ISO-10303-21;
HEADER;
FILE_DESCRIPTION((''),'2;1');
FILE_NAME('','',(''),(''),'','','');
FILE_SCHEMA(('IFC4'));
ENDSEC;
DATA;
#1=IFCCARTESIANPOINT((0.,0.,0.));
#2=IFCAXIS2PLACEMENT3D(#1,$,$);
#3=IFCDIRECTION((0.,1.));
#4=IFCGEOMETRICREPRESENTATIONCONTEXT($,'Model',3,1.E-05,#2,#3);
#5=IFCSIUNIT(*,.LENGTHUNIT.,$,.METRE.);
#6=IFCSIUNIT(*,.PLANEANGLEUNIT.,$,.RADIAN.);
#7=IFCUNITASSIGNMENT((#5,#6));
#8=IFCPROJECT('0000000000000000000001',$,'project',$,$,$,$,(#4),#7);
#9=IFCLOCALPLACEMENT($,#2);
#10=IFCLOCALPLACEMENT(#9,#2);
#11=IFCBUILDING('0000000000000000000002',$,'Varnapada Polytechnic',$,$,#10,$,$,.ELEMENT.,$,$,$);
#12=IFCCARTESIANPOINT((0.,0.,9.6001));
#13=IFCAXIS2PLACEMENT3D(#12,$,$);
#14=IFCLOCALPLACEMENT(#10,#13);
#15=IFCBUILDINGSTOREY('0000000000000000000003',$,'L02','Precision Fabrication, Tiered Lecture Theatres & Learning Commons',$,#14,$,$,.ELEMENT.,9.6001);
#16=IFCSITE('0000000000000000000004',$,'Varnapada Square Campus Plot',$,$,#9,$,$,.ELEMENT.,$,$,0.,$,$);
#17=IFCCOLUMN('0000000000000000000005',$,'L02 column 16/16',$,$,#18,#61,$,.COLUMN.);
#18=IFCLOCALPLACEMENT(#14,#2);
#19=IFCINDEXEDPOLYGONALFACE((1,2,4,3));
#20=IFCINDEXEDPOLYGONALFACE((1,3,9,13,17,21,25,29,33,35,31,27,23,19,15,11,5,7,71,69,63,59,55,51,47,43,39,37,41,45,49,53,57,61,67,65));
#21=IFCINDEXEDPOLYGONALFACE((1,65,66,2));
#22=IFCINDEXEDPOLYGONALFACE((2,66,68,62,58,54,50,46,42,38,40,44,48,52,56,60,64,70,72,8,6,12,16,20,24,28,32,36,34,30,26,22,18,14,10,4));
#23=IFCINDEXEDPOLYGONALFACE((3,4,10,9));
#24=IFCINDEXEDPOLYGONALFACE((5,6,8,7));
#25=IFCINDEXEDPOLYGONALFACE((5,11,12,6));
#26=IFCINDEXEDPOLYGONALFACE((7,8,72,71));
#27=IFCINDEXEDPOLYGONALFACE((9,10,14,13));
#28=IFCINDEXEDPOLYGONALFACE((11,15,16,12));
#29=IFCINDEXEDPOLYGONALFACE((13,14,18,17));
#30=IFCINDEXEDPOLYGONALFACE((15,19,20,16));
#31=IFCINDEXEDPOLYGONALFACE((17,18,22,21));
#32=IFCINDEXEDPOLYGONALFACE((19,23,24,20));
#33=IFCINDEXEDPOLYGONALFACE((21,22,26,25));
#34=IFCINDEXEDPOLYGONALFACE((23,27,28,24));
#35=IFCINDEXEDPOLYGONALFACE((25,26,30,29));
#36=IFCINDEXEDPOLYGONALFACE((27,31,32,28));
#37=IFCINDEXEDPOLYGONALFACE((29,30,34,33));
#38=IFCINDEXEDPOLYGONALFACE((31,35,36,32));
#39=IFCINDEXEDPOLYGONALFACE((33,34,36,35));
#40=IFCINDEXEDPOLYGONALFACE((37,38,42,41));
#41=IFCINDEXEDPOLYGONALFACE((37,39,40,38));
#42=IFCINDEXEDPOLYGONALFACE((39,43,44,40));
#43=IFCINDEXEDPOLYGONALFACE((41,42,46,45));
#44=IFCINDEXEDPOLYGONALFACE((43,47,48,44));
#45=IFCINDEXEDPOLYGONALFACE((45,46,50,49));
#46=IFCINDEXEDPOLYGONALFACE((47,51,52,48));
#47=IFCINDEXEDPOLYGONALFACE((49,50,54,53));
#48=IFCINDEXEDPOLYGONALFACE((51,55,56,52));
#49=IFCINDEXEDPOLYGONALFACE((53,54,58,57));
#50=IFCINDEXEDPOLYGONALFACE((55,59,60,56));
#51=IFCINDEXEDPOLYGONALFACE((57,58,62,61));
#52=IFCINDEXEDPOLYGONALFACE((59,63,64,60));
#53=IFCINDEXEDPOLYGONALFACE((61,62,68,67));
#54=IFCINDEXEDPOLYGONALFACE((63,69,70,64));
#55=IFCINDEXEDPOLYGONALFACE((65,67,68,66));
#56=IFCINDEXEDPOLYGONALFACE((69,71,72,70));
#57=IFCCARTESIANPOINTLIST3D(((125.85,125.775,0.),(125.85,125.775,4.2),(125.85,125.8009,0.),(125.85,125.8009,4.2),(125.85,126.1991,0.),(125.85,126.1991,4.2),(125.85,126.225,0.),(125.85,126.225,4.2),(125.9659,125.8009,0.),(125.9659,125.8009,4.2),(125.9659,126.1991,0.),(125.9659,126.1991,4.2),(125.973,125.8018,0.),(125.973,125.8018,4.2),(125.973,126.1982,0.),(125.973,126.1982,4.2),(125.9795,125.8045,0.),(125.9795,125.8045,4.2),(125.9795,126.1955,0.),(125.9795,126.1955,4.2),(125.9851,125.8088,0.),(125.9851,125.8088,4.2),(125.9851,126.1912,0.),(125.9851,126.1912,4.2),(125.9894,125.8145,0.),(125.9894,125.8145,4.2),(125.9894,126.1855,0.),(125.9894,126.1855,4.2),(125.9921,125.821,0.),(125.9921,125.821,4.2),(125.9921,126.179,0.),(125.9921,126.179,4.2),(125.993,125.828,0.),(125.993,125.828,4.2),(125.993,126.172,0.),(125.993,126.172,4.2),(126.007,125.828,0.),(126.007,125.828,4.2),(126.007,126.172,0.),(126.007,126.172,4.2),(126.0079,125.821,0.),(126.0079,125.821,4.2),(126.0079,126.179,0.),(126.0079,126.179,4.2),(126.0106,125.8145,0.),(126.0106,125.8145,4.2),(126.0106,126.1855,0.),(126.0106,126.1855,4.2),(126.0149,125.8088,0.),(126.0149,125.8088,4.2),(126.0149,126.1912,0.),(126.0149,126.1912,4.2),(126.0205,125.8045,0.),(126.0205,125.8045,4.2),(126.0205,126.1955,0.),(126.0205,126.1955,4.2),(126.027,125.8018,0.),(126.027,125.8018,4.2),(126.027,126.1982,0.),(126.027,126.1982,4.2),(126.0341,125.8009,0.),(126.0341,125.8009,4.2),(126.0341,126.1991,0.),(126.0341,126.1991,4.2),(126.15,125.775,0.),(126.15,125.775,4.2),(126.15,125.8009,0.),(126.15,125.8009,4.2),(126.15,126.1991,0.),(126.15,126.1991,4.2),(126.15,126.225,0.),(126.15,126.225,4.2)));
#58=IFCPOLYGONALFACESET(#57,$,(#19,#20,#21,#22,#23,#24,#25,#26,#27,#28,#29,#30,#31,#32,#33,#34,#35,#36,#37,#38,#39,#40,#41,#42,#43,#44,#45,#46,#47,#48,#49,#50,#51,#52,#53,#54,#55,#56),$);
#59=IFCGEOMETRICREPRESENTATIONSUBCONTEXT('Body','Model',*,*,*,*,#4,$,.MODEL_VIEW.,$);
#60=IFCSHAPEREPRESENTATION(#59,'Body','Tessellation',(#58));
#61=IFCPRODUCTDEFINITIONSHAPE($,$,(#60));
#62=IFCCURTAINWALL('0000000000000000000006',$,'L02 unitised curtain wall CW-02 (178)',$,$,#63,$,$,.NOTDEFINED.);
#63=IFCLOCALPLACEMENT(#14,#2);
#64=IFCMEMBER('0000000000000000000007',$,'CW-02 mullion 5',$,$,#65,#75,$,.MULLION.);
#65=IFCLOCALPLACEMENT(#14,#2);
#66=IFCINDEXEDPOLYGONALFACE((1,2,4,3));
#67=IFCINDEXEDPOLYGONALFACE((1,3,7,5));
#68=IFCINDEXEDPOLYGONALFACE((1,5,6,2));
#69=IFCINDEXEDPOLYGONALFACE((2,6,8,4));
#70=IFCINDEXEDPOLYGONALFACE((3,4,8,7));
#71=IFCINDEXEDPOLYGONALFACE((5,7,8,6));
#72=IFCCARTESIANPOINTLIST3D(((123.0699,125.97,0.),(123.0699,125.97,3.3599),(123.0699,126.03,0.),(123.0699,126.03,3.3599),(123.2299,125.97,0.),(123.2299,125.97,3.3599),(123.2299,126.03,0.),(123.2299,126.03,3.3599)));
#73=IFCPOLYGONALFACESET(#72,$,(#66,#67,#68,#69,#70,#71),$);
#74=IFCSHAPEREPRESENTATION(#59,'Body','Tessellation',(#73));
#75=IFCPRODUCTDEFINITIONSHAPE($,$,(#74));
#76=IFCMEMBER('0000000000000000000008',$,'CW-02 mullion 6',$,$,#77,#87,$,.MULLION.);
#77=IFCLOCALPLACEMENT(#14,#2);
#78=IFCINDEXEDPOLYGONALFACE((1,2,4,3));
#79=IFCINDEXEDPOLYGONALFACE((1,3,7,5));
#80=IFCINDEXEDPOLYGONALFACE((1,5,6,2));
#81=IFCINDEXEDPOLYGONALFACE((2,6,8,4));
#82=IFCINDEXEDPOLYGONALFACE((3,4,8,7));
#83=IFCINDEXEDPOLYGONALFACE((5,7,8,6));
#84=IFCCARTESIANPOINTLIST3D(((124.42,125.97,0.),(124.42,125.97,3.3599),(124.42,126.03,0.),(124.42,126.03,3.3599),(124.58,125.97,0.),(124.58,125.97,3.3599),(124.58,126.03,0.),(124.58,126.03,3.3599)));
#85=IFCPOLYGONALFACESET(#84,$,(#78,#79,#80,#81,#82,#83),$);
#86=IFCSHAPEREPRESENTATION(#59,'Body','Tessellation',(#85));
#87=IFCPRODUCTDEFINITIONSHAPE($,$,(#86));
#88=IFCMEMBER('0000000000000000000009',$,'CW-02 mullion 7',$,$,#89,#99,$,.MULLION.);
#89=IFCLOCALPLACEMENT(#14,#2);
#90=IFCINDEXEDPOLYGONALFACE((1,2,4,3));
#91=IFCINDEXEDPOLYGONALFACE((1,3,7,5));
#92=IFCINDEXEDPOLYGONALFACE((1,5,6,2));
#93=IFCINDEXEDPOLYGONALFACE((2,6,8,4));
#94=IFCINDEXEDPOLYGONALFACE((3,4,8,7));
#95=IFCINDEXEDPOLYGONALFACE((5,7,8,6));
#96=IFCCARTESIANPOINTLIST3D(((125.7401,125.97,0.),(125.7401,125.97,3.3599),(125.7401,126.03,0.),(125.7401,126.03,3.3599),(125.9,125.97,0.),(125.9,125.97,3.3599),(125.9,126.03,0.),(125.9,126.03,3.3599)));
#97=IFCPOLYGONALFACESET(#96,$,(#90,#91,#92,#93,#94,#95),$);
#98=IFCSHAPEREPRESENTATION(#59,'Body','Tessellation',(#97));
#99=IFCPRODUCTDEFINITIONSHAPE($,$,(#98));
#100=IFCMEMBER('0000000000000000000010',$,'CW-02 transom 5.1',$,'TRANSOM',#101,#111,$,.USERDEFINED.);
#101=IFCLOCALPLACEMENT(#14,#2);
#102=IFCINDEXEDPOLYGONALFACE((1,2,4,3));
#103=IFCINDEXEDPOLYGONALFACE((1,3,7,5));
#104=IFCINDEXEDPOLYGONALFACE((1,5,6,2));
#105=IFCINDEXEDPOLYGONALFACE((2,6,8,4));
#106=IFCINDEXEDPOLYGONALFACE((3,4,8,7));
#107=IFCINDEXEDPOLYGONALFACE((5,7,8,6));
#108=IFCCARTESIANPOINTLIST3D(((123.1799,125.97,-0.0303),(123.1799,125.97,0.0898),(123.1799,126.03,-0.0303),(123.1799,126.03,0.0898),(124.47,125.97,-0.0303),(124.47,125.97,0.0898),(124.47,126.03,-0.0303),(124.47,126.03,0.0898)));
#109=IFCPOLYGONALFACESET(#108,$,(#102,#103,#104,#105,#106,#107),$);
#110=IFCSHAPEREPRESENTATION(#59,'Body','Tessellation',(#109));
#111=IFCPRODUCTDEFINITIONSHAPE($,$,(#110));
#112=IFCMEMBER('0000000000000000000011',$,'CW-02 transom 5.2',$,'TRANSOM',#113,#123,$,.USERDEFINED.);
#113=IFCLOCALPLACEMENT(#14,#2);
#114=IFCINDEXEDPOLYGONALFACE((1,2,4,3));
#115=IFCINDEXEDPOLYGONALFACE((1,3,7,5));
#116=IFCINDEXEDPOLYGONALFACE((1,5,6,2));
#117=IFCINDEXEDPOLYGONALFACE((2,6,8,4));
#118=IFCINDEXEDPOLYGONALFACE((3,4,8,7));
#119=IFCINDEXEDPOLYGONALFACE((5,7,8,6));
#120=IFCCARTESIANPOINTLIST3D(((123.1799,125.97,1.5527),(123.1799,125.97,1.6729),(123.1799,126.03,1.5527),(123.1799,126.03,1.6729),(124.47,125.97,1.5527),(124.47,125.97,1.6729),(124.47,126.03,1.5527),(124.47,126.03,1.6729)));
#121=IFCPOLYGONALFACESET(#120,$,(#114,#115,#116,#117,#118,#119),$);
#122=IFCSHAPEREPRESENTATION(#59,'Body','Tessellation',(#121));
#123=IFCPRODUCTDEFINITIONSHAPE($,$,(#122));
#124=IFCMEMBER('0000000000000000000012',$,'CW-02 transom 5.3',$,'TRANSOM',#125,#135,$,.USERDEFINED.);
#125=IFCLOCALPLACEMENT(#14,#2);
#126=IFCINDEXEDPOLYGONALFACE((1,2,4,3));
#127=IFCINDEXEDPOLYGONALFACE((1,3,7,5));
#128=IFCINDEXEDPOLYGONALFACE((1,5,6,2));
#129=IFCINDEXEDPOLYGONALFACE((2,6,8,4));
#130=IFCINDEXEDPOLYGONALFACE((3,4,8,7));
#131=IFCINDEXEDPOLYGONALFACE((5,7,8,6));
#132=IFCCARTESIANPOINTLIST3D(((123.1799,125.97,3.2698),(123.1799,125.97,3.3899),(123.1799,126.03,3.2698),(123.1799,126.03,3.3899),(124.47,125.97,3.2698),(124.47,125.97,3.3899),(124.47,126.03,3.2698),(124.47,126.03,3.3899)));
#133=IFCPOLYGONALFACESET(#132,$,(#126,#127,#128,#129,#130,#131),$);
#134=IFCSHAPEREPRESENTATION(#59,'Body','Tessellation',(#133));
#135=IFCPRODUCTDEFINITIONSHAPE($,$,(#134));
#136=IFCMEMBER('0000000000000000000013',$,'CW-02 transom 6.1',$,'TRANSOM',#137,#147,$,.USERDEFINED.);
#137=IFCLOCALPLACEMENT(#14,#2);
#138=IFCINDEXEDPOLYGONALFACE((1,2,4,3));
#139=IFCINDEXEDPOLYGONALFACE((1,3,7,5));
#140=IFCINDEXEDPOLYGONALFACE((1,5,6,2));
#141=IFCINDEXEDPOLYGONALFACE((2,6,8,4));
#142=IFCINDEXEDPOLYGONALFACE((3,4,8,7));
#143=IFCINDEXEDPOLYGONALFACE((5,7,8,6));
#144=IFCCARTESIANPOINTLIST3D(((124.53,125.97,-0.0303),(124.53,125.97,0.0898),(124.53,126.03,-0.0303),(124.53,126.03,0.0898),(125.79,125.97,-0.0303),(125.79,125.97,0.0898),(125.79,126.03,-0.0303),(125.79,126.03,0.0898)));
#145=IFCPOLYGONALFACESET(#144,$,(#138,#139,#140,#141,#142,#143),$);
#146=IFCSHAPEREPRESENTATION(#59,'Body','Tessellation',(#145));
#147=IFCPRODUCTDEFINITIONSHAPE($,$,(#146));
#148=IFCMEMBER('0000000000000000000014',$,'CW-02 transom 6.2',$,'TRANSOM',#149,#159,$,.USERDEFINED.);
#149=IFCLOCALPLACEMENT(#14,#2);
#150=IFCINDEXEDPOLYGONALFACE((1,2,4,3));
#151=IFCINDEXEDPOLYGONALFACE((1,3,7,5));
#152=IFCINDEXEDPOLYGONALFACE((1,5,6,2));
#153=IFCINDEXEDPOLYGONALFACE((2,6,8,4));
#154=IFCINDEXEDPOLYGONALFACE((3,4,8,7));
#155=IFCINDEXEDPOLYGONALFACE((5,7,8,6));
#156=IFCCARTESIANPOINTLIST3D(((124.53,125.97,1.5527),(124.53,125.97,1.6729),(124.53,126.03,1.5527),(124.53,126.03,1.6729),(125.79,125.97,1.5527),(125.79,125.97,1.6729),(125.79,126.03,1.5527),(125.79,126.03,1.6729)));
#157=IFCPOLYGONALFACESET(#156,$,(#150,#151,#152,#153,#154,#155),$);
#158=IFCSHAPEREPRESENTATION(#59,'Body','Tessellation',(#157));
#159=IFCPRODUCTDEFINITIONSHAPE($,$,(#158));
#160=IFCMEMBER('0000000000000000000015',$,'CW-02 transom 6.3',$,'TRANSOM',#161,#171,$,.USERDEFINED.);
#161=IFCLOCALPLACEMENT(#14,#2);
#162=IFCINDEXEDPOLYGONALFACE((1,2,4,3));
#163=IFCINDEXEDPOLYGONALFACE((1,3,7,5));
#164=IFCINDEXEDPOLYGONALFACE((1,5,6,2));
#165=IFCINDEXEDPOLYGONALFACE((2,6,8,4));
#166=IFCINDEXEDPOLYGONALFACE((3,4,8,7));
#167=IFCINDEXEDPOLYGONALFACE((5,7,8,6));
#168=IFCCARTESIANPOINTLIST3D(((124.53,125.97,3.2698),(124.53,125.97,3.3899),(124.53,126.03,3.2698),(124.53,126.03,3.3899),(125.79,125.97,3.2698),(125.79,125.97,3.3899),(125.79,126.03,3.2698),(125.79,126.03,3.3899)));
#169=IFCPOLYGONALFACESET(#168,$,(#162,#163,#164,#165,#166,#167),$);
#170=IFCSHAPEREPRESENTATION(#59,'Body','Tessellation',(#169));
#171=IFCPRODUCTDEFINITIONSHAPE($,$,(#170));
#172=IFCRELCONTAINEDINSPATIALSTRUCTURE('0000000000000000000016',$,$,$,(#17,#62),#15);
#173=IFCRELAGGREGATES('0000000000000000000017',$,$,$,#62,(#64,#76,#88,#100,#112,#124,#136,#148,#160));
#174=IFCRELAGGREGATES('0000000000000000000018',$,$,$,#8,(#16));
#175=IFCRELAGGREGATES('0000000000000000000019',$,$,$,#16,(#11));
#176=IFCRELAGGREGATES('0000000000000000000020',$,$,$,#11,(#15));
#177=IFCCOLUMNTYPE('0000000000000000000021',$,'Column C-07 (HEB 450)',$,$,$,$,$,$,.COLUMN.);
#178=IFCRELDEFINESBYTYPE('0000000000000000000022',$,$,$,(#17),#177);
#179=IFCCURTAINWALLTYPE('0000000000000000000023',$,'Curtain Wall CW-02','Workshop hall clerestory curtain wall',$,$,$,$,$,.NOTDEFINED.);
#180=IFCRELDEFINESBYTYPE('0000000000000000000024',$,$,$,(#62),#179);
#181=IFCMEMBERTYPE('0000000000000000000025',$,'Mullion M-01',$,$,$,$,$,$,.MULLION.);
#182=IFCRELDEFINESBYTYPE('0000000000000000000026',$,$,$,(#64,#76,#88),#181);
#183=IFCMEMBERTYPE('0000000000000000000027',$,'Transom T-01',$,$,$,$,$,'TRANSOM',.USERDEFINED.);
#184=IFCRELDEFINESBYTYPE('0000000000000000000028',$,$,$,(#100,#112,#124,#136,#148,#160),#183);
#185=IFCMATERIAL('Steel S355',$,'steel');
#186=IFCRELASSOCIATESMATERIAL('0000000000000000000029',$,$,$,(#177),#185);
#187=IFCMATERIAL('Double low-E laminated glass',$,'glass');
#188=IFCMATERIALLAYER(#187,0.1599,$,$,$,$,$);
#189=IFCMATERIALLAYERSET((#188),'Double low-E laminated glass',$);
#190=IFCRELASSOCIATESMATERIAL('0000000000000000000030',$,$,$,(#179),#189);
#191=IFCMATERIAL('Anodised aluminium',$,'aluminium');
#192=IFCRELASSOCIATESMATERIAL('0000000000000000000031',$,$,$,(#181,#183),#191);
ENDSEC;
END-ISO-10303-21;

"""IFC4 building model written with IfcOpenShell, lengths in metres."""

from ifc_helpers import new_model, si_unit, direction, frame, origin, origin_2d, place, context, subcontext, project, spatial, rectangle, i_section, extrude, material, layer, layer_set, material_profile, profile_set, type_object, element, aggregate, save


model = new_model("IFC4")

# Units and contexts
model_context = context("Model", 3, precision=1e-05, world=origin(), true_north=direction((0.0, 1.0)))
body_context = subcontext(model_context, "Body", "Model", "MODEL_VIEW")
ifc_project = project(units=[si_unit("LENGTHUNIT", "METRE"), si_unit("PLANEANGLEUNIT", "RADIAN")], contexts=[model_context])

# Site, building, storey
site_placement = place(None, origin())
site = spatial("IfcSite", under=ifc_project, at=site_placement, Name="Varnapada Square Campus Plot", CompositionType="ELEMENT", RefElevation=0.0)
building_placement = place(site_placement, origin())
building = spatial("IfcBuilding", under=site, at=building_placement, Name="Varnapada Polytechnic", CompositionType="ELEMENT")
storey_placement = place(building_placement, frame((0.0, 0.0, 9.6001)))
storey = spatial("IfcBuildingStorey", under=building, at=storey_placement, Name="L02", Description="Precision Fabrication, Tiered Lecture Theatres & Learning Commons", CompositionType="ELEMENT", Elevation=9.6001)

# Column
ifc_material_1 = material(Name="Steel S355", Category="steel")
ifc_material_profile_1 = material_profile(ifc_material_1, i_section(OverallWidth=0.3, OverallDepth=0.45, WebThickness=0.0139, FlangeThickness=0.0259, FilletRadius=0.0271, at=origin_2d()), Name="HEB 450")
ifc_profile_set_1 = profile_set([ifc_material_profile_1], Name="Steel S355")
column_type = type_object("IfcColumnType", Name="Column C-07 (HEB 450)", PredefinedType="COLUMN", material=ifc_profile_set_1)
column_placement = place(storey_placement, frame((126.0, 126.0, 0.0), z_axis=(0.0, 0.0, 1.0), x_axis=(1.0, 0.0, 0.0)))
element("IfcColumn", 1, at=column_placement, inside=storey, type_object=column_type, Name="L02 column 16/16", PredefinedType="COLUMN", context=body_context, shape_type="SweptSolid", body=[
    extrude(i_section(OverallWidth=0.3, OverallDepth=0.45, WebThickness=0.0139, FlangeThickness=0.0259, FilletRadius=0.0271, at=origin_2d()), origin(), (0.0, 0.0, 1.0), 4.2),
])

# Curtain wall, members
ifc_material_2 = material(Name="Double low-E laminated glass", Category="glass")
ifc_layer_1 = layer(ifc_material_2, 0.1599)
ifc_layer_set_1 = layer_set([ifc_layer_1], Name="Double low-E laminated glass")
curtain_wall_type = type_object("IfcCurtainWallType", Name="Curtain Wall CW-02", Description="Workshop hall clerestory curtain wall", PredefinedType="NOTDEFINED", material=ifc_layer_set_1)
curtain_wall_placement = place(storey_placement, origin())
curtain_wall = element("IfcCurtainWall", 2, at=curtain_wall_placement, inside=storey, type_object=curtain_wall_type, Name="L02 unitised curtain wall CW-02 (178)", PredefinedType="NOTDEFINED")
ifc_material_3 = material(Name="Anodised aluminium", Category="aluminium")
ifc_material_profile_2 = material_profile(ifc_material_3, rectangle(XDim=0.0601, YDim=0.1599, at=origin_2d()), Name="ALU M60x160")
ifc_profile_set_2 = profile_set([ifc_material_profile_2], Name="Anodised aluminium")
member_type_1 = type_object("IfcMemberType", Name="Mullion M-01", PredefinedType="MULLION", material=ifc_profile_set_2)
member_1_placement = place(storey_placement, frame((123.1499, 126.0, 0.0), z_axis=(0.0, 0.0, 1.0), x_axis=(0.0, 1.0, 0.0)))
member_1 = element("IfcMember", 3, at=member_1_placement, type_object=member_type_1, Name="CW-02 mullion 5", PredefinedType="MULLION", context=body_context, shape_type="SweptSolid", body=[
    extrude(rectangle(XDim=0.0601, YDim=0.1599, at=origin_2d()), origin(), (0.0, 0.0, 1.0), 3.3599),
])
member_2_placement = place(storey_placement, frame((124.5, 126.0, 0.0), z_axis=(0.0, 0.0, 1.0), x_axis=(0.0, 1.0, 0.0)))
member_2 = element("IfcMember", 4, at=member_2_placement, type_object=member_type_1, Name="CW-02 mullion 6", PredefinedType="MULLION", context=body_context, shape_type="SweptSolid", body=[
    extrude(rectangle(XDim=0.0601, YDim=0.1599, at=origin_2d()), origin(), (0.0, 0.0, 1.0), 3.3599),
])
member_3_placement = place(storey_placement, frame((125.8201, 126.0, 0.0), z_axis=(0.0, 0.0, 1.0), x_axis=(0.0, 1.0, 0.0)))
member_3 = element("IfcMember", 5, at=member_3_placement, type_object=member_type_1, Name="CW-02 mullion 7", PredefinedType="MULLION", context=body_context, shape_type="SweptSolid", body=[
    extrude(rectangle(XDim=0.0601, YDim=0.1599, at=origin_2d()), origin(), (0.0, 0.0, 1.0), 3.3599),
])
ifc_material_profile_3 = material_profile(ifc_material_3, rectangle(XDim=0.0601, YDim=0.1201, at=origin_2d()), Name="ALU T60x120")
ifc_profile_set_3 = profile_set([ifc_material_profile_3], Name="Anodised aluminium")
member_type_2 = type_object("IfcMemberType", Name="Transom T-01", ElementType="TRANSOM", PredefinedType="USERDEFINED", material=ifc_profile_set_3)
member_4_placement = place(storey_placement, frame((123.1799, 126.0, 0.0298), z_axis=(1.0, 0.0, 0.0), x_axis=(0.0, 1.0, 0.0)))
member_4 = element("IfcMember", 6, at=member_4_placement, type_object=member_type_2, Name="CW-02 transom 5.1", ObjectType="TRANSOM", PredefinedType="USERDEFINED", context=body_context, shape_type="SweptSolid", body=[
    extrude(rectangle(XDim=0.0601, YDim=0.1201, at=origin_2d()), origin(), (0.0, 0.0, 1.0), 1.29),
])
member_5_placement = place(storey_placement, frame((123.1799, 126.0, 1.6128), z_axis=(1.0, 0.0, 0.0), x_axis=(0.0, 1.0, 0.0)))
member_5 = element("IfcMember", 7, at=member_5_placement, type_object=member_type_2, Name="CW-02 transom 5.2", ObjectType="TRANSOM", PredefinedType="USERDEFINED", context=body_context, shape_type="SweptSolid", body=[
    extrude(rectangle(XDim=0.0601, YDim=0.1201, at=origin_2d()), origin(), (0.0, 0.0, 1.0), 1.29),
])
member_6_placement = place(storey_placement, frame((123.1799, 126.0, 3.3298), z_axis=(1.0, 0.0, 0.0), x_axis=(0.0, 1.0, 0.0)))
member_6 = element("IfcMember", 8, at=member_6_placement, type_object=member_type_2, Name="CW-02 transom 5.3", ObjectType="TRANSOM", PredefinedType="USERDEFINED", context=body_context, shape_type="SweptSolid", body=[
    extrude(rectangle(XDim=0.0601, YDim=0.1201, at=origin_2d()), origin(), (0.0, 0.0, 1.0), 1.29),
])
member_7_placement = place(storey_placement, frame((124.53, 126.0, 0.0298), z_axis=(1.0, 0.0, 0.0), x_axis=(0.0, 1.0, 0.0)))
member_7 = element("IfcMember", 9, at=member_7_placement, type_object=member_type_2, Name="CW-02 transom 6.1", ObjectType="TRANSOM", PredefinedType="USERDEFINED", context=body_context, shape_type="SweptSolid", body=[
    extrude(rectangle(XDim=0.0601, YDim=0.1201, at=origin_2d()), origin(), (0.0, 0.0, 1.0), 1.26),
])
member_8_placement = place(storey_placement, frame((124.53, 126.0, 1.6128), z_axis=(1.0, 0.0, 0.0), x_axis=(0.0, 1.0, 0.0)))
member_8 = element("IfcMember", 10, at=member_8_placement, type_object=member_type_2, Name="CW-02 transom 6.2", ObjectType="TRANSOM", PredefinedType="USERDEFINED", context=body_context, shape_type="SweptSolid", body=[
    extrude(rectangle(XDim=0.0601, YDim=0.1201, at=origin_2d()), origin(), (0.0, 0.0, 1.0), 1.26),
])
member_9_placement = place(storey_placement, frame((124.53, 126.0, 3.3298), z_axis=(1.0, 0.0, 0.0), x_axis=(0.0, 1.0, 0.0)))
member_9 = element("IfcMember", 11, at=member_9_placement, type_object=member_type_2, Name="CW-02 transom 6.3", ObjectType="TRANSOM", PredefinedType="USERDEFINED", context=body_context, shape_type="SweptSolid", body=[
    extrude(rectangle(XDim=0.0601, YDim=0.1201, at=origin_2d()), origin(), (0.0, 0.0, 1.0), 1.26),
])

aggregate(curtain_wall, [member_1, member_2, member_3, member_4, member_5, member_6, member_7, member_8, member_9])

save(model, "model.ifc")
